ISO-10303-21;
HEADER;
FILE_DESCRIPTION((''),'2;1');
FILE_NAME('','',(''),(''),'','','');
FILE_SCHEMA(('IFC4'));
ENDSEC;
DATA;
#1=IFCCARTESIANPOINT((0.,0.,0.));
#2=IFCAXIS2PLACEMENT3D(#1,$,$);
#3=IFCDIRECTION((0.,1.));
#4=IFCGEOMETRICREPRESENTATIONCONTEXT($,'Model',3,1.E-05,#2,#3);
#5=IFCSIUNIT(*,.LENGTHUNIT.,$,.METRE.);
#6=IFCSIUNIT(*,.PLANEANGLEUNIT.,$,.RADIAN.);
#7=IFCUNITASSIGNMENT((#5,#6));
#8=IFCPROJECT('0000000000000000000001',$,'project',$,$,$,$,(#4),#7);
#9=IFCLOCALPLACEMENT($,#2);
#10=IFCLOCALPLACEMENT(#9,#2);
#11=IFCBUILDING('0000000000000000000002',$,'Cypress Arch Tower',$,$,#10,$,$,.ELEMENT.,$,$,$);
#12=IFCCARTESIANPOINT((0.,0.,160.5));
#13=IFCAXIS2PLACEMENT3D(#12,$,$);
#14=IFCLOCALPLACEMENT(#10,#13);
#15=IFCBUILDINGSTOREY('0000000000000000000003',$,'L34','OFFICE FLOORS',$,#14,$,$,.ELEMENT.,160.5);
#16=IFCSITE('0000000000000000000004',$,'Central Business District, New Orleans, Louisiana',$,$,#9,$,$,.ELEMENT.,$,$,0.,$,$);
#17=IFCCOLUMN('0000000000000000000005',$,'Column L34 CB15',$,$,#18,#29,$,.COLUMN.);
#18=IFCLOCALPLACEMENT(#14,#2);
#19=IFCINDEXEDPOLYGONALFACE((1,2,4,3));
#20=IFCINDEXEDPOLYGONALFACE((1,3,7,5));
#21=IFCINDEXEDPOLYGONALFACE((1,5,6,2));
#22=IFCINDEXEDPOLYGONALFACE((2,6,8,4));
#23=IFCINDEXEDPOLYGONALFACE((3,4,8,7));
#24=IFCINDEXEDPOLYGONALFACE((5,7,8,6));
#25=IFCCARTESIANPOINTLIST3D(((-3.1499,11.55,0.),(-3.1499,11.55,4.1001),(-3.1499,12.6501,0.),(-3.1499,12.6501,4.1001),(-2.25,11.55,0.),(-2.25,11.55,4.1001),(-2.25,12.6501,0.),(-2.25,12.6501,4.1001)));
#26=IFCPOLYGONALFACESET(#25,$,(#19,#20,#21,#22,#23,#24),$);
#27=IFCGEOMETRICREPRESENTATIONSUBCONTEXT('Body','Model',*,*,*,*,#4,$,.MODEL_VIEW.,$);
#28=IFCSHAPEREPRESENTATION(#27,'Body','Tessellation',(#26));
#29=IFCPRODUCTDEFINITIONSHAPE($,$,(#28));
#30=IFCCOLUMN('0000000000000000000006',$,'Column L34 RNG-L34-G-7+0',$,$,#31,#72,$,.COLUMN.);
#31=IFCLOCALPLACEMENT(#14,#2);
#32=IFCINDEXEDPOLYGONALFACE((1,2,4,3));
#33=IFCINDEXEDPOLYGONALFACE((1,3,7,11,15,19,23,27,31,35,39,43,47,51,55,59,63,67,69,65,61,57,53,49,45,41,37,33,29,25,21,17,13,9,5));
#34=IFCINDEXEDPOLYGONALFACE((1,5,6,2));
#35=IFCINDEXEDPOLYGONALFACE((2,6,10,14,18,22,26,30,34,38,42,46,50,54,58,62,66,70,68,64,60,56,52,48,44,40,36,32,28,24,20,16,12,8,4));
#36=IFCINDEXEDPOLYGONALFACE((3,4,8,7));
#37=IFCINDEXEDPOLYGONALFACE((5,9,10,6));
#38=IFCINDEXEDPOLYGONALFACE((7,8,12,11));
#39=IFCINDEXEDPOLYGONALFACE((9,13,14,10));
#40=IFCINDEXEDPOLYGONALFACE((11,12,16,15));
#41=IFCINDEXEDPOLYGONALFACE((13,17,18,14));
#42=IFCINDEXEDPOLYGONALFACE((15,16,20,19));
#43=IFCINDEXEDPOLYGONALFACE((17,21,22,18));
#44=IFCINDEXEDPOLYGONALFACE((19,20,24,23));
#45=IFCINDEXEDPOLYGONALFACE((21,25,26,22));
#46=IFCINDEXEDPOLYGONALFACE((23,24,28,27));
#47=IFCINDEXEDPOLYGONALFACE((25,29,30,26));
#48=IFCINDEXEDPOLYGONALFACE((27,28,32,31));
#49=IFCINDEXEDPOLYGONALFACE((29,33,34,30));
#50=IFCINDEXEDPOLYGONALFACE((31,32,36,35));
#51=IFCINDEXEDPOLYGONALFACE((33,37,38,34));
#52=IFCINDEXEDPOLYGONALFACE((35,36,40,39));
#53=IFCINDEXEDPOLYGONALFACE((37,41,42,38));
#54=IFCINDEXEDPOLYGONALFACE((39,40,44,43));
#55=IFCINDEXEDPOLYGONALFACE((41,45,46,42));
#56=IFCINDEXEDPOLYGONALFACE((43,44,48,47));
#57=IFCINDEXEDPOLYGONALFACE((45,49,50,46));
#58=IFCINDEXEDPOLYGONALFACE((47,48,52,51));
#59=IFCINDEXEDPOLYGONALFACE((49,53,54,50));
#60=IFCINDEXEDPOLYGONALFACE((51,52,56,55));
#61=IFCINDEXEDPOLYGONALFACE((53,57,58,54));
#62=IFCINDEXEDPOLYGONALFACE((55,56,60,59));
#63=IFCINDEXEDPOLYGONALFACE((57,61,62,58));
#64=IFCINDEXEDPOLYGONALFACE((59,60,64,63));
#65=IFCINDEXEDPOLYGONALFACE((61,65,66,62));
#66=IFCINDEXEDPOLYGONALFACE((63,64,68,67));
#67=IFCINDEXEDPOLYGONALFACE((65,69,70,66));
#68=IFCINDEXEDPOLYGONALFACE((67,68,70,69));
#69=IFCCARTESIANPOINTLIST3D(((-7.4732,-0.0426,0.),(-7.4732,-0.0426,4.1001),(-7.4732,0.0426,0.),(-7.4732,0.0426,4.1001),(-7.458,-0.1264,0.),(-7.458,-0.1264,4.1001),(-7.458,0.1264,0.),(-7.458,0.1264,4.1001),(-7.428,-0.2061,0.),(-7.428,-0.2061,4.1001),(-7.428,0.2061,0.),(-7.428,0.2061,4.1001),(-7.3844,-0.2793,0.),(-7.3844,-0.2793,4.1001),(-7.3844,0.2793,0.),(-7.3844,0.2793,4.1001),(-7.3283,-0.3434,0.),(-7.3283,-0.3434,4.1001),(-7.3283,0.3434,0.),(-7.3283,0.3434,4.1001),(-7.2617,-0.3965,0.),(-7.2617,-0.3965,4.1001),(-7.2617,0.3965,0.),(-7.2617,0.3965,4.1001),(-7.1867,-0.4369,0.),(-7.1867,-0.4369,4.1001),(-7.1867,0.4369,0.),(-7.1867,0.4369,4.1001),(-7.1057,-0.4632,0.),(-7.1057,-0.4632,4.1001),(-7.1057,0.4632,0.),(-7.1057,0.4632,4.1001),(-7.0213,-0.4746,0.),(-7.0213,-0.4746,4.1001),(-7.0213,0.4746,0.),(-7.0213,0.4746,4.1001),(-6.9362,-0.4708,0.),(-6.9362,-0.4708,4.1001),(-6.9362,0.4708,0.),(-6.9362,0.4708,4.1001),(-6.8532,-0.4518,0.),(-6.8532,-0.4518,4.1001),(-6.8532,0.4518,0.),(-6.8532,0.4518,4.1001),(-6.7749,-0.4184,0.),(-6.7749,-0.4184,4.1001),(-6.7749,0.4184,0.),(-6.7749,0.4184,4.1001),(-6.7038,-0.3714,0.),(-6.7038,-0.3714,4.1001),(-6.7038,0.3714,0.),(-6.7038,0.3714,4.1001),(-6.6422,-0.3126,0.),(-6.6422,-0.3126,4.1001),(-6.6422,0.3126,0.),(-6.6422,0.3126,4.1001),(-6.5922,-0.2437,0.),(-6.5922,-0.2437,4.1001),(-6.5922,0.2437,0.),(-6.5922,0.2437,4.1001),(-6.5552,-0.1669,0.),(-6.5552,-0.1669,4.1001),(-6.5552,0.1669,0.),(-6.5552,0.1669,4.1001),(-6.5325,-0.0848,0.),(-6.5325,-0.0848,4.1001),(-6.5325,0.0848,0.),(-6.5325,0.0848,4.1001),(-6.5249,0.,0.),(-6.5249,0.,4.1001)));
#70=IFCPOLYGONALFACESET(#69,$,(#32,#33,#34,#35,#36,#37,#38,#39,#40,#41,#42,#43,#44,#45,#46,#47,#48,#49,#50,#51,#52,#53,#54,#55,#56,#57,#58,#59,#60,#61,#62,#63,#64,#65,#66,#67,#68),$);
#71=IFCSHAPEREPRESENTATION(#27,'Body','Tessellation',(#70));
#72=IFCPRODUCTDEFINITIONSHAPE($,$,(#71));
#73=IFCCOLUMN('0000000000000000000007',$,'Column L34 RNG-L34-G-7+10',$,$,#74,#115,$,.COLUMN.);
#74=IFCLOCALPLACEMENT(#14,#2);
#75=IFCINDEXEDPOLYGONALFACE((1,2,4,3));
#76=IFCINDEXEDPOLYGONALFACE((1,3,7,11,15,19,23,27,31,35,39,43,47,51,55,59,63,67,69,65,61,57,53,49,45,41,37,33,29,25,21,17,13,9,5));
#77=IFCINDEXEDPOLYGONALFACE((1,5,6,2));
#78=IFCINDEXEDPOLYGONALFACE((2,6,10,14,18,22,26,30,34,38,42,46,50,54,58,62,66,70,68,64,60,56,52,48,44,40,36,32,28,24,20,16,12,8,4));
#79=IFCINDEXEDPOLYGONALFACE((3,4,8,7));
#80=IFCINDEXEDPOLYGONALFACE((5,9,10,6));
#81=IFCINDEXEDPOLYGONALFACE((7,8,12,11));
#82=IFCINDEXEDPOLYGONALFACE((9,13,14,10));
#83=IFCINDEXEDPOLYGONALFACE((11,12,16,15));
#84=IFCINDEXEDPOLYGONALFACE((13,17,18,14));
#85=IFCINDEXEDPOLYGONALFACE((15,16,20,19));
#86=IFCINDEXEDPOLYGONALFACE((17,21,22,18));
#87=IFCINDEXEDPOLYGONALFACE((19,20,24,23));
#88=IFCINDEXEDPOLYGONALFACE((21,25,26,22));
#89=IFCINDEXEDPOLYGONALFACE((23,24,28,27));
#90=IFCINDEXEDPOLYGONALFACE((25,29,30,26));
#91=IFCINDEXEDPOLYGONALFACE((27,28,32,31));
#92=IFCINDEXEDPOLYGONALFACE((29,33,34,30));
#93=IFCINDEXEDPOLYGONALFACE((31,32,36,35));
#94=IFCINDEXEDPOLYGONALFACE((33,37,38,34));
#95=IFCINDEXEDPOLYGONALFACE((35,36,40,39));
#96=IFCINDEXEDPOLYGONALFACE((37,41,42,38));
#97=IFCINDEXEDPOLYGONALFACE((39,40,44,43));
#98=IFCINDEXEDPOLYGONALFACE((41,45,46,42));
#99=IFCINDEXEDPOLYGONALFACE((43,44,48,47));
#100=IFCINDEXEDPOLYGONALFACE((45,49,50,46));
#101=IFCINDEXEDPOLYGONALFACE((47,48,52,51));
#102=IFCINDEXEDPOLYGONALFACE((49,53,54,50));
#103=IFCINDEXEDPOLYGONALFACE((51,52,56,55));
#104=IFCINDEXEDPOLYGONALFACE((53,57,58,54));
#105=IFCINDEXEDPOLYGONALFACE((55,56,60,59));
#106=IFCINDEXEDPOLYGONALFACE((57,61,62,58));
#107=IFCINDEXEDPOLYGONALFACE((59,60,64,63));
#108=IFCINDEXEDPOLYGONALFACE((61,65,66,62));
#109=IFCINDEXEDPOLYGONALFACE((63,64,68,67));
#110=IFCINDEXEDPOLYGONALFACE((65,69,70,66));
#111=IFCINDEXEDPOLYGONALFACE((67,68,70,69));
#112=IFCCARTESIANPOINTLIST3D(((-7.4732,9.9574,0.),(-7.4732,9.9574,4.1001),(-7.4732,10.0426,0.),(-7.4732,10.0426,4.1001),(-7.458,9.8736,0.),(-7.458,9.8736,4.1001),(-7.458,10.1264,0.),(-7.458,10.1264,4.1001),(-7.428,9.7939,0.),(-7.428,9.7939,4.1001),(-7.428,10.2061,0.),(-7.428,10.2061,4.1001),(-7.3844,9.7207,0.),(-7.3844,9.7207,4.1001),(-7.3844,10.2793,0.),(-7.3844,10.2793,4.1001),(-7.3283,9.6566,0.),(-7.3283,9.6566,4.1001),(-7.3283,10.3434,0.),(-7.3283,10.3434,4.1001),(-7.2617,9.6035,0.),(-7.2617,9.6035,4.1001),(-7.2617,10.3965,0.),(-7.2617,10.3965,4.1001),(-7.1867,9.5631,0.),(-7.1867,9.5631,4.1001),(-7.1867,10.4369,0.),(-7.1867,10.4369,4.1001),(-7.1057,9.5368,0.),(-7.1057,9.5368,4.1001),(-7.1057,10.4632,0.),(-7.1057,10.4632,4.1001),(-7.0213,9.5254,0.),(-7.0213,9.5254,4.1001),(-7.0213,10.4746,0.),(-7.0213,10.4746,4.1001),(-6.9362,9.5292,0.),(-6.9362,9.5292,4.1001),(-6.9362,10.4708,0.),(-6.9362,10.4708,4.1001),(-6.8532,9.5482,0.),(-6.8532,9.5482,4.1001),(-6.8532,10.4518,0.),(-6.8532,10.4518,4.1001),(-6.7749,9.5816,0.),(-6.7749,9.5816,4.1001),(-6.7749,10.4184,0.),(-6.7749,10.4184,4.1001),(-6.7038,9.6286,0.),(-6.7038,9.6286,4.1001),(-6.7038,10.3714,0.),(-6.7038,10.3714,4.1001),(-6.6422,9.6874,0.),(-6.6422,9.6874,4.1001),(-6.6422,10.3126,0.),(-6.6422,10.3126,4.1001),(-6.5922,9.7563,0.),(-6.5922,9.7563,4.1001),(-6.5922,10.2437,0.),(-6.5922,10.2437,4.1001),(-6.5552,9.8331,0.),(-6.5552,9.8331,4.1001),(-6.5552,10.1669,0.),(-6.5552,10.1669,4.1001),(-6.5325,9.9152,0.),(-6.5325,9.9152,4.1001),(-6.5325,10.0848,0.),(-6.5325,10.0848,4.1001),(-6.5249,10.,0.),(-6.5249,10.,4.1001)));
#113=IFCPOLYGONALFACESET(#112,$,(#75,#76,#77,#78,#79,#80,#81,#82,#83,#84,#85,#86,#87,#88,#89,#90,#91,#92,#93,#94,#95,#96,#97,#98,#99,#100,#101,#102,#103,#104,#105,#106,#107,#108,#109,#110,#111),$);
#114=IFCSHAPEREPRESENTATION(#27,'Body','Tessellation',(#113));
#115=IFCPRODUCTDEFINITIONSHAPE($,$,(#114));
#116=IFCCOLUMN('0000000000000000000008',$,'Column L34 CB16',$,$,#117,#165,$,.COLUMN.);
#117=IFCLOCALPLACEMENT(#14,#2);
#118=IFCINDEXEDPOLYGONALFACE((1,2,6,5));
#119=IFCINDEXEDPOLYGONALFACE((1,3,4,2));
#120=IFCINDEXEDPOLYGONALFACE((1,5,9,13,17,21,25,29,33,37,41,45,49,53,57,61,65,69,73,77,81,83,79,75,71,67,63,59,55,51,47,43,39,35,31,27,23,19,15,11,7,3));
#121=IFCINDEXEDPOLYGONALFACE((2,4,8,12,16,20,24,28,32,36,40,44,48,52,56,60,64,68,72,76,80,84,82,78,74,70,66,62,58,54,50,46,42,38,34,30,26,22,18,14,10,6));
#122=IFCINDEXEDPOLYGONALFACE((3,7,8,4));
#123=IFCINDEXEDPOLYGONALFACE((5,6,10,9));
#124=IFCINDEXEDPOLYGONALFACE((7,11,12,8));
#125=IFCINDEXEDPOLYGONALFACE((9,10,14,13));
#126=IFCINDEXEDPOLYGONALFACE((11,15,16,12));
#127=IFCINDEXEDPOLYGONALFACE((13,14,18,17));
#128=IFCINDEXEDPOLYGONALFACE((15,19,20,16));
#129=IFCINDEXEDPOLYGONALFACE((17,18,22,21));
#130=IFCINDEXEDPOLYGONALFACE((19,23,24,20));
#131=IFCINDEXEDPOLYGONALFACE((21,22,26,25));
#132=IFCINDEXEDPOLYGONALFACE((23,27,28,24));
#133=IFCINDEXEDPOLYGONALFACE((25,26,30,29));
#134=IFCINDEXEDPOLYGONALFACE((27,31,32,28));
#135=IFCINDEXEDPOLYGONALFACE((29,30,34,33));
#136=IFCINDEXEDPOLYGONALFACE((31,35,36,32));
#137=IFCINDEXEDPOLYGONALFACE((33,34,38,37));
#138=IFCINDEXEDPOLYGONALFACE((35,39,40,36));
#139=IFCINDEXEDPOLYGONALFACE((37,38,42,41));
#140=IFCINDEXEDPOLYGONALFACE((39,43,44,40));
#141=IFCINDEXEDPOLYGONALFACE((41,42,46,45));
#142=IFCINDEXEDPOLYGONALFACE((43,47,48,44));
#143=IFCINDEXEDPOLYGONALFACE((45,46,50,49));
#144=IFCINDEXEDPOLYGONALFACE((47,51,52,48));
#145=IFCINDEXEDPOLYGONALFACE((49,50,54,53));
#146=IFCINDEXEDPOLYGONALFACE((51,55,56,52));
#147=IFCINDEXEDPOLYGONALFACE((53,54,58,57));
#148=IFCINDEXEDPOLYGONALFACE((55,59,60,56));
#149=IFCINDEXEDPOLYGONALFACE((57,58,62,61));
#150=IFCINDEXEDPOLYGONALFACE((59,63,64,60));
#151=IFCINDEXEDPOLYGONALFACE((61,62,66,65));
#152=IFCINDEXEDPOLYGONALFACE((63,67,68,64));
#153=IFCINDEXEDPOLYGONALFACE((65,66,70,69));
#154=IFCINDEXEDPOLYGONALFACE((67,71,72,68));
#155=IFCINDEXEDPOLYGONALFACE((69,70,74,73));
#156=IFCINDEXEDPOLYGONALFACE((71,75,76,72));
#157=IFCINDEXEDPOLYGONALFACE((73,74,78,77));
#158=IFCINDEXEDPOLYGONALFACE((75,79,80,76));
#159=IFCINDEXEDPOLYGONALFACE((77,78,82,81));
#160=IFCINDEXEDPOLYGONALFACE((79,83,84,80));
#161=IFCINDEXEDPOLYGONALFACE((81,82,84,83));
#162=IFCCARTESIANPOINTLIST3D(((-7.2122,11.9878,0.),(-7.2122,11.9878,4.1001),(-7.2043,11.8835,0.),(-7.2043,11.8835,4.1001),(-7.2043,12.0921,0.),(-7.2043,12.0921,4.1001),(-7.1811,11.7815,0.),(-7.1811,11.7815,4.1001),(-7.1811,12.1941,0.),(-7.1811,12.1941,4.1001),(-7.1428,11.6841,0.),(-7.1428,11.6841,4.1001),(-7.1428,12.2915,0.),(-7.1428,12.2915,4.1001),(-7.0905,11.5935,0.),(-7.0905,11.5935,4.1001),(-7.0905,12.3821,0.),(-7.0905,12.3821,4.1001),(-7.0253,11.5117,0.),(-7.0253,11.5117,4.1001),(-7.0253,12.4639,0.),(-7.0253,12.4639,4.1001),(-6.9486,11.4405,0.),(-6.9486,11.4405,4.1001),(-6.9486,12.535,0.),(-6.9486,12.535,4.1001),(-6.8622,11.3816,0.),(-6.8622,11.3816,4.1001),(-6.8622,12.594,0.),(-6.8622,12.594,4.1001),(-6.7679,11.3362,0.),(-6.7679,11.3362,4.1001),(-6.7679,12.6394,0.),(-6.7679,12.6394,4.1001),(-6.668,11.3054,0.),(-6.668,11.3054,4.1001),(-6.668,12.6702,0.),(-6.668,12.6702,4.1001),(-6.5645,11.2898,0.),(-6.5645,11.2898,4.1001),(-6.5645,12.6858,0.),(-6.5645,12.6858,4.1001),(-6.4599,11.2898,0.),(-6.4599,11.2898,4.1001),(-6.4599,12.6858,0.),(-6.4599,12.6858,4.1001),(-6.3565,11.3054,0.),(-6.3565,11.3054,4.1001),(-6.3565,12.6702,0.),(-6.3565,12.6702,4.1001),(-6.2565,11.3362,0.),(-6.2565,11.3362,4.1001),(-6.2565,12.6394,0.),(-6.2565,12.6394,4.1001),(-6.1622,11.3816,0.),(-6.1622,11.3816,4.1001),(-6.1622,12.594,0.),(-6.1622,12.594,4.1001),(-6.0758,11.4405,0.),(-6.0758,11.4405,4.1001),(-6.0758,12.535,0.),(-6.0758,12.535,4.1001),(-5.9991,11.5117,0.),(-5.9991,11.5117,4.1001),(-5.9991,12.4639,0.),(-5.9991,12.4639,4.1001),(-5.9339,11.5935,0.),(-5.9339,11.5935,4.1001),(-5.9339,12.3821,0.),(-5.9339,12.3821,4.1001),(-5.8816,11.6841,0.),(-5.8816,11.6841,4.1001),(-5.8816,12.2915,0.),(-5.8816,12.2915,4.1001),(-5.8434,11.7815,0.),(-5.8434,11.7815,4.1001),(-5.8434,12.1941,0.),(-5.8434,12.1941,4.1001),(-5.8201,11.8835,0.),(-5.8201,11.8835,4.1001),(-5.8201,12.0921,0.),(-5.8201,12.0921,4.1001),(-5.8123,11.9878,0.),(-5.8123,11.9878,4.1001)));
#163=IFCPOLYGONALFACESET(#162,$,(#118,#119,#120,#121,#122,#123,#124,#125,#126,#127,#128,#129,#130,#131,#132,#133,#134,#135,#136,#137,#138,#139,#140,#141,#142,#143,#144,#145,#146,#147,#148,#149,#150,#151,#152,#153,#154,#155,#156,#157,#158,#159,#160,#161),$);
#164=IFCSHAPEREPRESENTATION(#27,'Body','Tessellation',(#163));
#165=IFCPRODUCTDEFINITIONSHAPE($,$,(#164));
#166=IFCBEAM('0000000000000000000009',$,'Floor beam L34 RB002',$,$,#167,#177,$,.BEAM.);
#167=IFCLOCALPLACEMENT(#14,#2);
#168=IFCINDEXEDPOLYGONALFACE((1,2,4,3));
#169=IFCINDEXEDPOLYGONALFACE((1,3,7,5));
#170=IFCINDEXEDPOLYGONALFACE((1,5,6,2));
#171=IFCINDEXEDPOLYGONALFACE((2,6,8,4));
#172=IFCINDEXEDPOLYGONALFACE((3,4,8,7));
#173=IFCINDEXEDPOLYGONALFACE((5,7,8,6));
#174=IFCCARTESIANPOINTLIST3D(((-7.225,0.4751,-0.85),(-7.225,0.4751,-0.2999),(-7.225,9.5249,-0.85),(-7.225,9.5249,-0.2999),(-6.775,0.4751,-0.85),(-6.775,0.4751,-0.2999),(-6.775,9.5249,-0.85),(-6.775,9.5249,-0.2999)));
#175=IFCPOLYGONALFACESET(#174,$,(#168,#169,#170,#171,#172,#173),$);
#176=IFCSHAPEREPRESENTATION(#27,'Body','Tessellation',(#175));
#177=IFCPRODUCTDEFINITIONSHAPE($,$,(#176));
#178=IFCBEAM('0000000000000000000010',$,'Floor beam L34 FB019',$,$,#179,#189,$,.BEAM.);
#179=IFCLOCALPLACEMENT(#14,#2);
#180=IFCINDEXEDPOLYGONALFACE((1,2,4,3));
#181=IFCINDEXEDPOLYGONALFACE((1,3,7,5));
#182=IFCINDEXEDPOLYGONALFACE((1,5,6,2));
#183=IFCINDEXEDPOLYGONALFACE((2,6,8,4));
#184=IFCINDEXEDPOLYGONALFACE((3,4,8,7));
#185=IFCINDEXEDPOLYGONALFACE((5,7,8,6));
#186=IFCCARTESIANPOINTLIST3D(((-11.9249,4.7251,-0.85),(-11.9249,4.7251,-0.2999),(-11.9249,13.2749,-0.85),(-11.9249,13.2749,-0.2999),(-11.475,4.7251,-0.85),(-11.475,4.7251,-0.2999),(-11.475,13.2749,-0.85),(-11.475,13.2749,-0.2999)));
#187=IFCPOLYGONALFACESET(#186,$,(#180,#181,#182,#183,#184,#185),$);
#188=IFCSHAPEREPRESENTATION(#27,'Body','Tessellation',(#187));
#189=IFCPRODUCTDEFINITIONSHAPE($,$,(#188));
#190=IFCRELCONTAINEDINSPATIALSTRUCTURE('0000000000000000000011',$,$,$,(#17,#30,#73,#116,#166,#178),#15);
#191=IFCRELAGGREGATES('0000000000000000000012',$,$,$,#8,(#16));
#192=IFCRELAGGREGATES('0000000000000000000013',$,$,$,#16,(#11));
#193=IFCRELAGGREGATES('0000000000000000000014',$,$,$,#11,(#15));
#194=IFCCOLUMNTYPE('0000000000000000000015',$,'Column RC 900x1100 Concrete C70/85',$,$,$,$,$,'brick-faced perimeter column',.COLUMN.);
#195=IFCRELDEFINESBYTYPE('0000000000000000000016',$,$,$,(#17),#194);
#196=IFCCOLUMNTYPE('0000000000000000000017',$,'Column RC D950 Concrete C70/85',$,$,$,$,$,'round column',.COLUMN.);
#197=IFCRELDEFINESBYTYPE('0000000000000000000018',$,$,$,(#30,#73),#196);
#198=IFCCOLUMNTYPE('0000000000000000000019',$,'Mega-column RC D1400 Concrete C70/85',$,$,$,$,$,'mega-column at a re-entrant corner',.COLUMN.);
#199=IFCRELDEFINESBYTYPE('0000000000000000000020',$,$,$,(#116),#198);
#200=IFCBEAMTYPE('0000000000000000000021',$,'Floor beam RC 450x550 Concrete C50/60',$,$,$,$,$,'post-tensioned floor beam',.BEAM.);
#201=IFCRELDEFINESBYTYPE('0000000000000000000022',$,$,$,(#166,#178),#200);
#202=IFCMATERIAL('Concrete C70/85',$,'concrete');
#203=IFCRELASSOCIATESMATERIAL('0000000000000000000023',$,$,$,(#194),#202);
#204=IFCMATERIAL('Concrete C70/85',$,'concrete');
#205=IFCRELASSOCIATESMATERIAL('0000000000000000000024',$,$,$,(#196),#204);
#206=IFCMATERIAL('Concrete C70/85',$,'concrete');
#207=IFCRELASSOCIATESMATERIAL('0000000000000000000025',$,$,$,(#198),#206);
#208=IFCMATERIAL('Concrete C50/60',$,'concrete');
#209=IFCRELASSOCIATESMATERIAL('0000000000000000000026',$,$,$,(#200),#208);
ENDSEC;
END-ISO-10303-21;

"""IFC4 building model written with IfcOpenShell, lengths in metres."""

from ifc_helpers import new_model, si_unit, direction, frame, origin, origin_2d, place, context, subcontext, project, spatial, rectangle, circle, extrude, material, material_profile, profile_set, type_object, element, save


model = new_model("IFC4")

# Units and contexts
model_context = context("Model", 3, precision=1e-05, world=origin(), true_north=direction((0.0, 1.0)))
body_context = subcontext(model_context, "Body", "Model", "MODEL_VIEW")
ifc_project = project(units=[si_unit("LENGTHUNIT", "METRE"), si_unit("PLANEANGLEUNIT", "RADIAN")], contexts=[model_context])

# Site, building, storey
site_placement = place(None, origin())
site = spatial("IfcSite", under=ifc_project, at=site_placement, Name="Central Business District, New Orleans, Louisiana", CompositionType="ELEMENT", RefElevation=0.0)
building_placement = place(site_placement, origin())
building = spatial("IfcBuilding", under=site, at=building_placement, Name="Cypress Arch Tower", CompositionType="ELEMENT")
storey_placement = place(building_placement, frame((0.0, 0.0, 160.5)))
storey = spatial("IfcBuildingStorey", under=building, at=storey_placement, Name="L34", Description="OFFICE FLOORS", CompositionType="ELEMENT", Elevation=160.5)

# Columns
ifc_material_1 = material(Name="Concrete C70/85", Category="concrete")
ifc_material_profile_1 = material_profile(ifc_material_1, rectangle(XDim=0.8999, YDim=1.1001, at=origin_2d()), Name="RC 900x1100")
ifc_profile_set_1 = profile_set([ifc_material_profile_1], Name="Concrete C70/85")
column_type_1 = type_object("IfcColumnType", Name="Column RC 900x1100 Concrete C70/85", ElementType="brick-faced perimeter column", PredefinedType="COLUMN", material=ifc_profile_set_1)
column_1_placement = place(storey_placement, frame((-2.7, 12.1001, 0.0), z_axis=(0.0, 0.0, 1.0), x_axis=(-1.0, 0.0, 0.0)))
element("IfcColumn", 1, at=column_1_placement, inside=storey, type_object=column_type_1, Name="Column L34 CB15", PredefinedType="COLUMN", context=body_context, shape_type="SweptSolid", body=[
    extrude(rectangle(XDim=0.8999, YDim=1.1001, at=origin_2d()), origin(), (0.0, 0.0, 1.0), 4.1001),
])
ifc_material_2 = material(Name="Concrete C70/85", Category="concrete")
ifc_material_profile_2 = material_profile(ifc_material_2, circle(Radius=0.4751, at=origin_2d()), Name="RC D950")
ifc_profile_set_2 = profile_set([ifc_material_profile_2], Name="Concrete C70/85")
column_type_2 = type_object("IfcColumnType", Name="Column RC D950 Concrete C70/85", ElementType="round column", PredefinedType="COLUMN", material=ifc_profile_set_2)
for number, where, z_axis, x_axis, name in (
    (2, (-7.0, 0.0, 0.0), (0.0, 0.0, 1.0), (1.0, 0.0, 0.0), "Column L34 RNG-L34-G-7+0"),
    (3, (-7.0, 10.0, 0.0), (0.0, 0.0, 1.0), (1.0, 0.0, 0.0), "Column L34 RNG-L34-G-7+10"),
):
    element("IfcColumn", number, at=place(storey_placement, frame(where, z_axis=z_axis, x_axis=x_axis)), inside=storey, type_object=column_type_2, Name=name, PredefinedType="COLUMN", context=body_context, shape_type="SweptSolid", body=[
        extrude(circle(Radius=0.4751, at=origin_2d()), origin(), (0.0, 0.0, 1.0), 4.1001),
    ])
ifc_material_3 = material(Name="Concrete C70/85", Category="concrete")
ifc_material_profile_3 = material_profile(ifc_material_3, circle(Radius=0.7, at=origin_2d()), Name="RC D1400")
ifc_profile_set_3 = profile_set([ifc_material_profile_3], Name="Concrete C70/85")
column_type_3 = type_object("IfcColumnType", Name="Mega-column RC D1400 Concrete C70/85", ElementType="mega-column at a re-entrant corner", PredefinedType="COLUMN", material=ifc_profile_set_3)
column_2_placement = place(storey_placement, frame((-6.5122, 11.9878, 0.0), z_axis=(0.0, 0.0, 1.0), x_axis=(1.0, 0.0, 0.0)))
element("IfcColumn", 4, at=column_2_placement, inside=storey, type_object=column_type_3, Name="Column L34 CB16", PredefinedType="COLUMN", context=body_context, shape_type="SweptSolid", body=[
    extrude(circle(Radius=0.7, at=origin_2d()), origin(), (0.0, 0.0, 1.0), 4.1001),
])

# Beams
ifc_material_4 = material(Name="Concrete C50/60", Category="concrete")
ifc_material_profile_4 = material_profile(ifc_material_4, rectangle(XDim=0.45, YDim=0.55, at=origin_2d()), Name="RC 450x550")
ifc_profile_set_4 = profile_set([ifc_material_profile_4], Name="Concrete C50/60")
beam_type_1 = type_object("IfcBeamType", Name="Floor beam RC 450x550 Concrete C50/60", ElementType="post-tensioned floor beam", PredefinedType="BEAM", material=ifc_profile_set_4)
beam_1_placement = place(storey_placement, frame((-7.0, 0.4751, -0.575), z_axis=(0.0, 1.0, 0.0), x_axis=(-1.0, 0.0, 0.0)))
element("IfcBeam", 5, at=beam_1_placement, inside=storey, type_object=beam_type_1, Name="Floor beam L34 RB002", PredefinedType="BEAM", context=body_context, shape_type="SweptSolid", body=[
    extrude(rectangle(XDim=0.45, YDim=0.55, at=origin_2d()), origin(), (0.0, 0.0, 1.0), 9.0498),
])
beam_2_placement = place(storey_placement, frame((-11.7, 4.7251, -0.575), z_axis=(0.0, 1.0, 0.0), x_axis=(-1.0, 0.0, 0.0)))
element("IfcBeam", 6, at=beam_2_placement, inside=storey, type_object=beam_type_1, Name="Floor beam L34 FB019", PredefinedType="BEAM", context=body_context, shape_type="SweptSolid", body=[
    extrude(rectangle(XDim=0.45, YDim=0.55, at=origin_2d()), origin(), (0.0, 0.0, 1.0), 8.5498),
])

save(model, "model.ifc")
